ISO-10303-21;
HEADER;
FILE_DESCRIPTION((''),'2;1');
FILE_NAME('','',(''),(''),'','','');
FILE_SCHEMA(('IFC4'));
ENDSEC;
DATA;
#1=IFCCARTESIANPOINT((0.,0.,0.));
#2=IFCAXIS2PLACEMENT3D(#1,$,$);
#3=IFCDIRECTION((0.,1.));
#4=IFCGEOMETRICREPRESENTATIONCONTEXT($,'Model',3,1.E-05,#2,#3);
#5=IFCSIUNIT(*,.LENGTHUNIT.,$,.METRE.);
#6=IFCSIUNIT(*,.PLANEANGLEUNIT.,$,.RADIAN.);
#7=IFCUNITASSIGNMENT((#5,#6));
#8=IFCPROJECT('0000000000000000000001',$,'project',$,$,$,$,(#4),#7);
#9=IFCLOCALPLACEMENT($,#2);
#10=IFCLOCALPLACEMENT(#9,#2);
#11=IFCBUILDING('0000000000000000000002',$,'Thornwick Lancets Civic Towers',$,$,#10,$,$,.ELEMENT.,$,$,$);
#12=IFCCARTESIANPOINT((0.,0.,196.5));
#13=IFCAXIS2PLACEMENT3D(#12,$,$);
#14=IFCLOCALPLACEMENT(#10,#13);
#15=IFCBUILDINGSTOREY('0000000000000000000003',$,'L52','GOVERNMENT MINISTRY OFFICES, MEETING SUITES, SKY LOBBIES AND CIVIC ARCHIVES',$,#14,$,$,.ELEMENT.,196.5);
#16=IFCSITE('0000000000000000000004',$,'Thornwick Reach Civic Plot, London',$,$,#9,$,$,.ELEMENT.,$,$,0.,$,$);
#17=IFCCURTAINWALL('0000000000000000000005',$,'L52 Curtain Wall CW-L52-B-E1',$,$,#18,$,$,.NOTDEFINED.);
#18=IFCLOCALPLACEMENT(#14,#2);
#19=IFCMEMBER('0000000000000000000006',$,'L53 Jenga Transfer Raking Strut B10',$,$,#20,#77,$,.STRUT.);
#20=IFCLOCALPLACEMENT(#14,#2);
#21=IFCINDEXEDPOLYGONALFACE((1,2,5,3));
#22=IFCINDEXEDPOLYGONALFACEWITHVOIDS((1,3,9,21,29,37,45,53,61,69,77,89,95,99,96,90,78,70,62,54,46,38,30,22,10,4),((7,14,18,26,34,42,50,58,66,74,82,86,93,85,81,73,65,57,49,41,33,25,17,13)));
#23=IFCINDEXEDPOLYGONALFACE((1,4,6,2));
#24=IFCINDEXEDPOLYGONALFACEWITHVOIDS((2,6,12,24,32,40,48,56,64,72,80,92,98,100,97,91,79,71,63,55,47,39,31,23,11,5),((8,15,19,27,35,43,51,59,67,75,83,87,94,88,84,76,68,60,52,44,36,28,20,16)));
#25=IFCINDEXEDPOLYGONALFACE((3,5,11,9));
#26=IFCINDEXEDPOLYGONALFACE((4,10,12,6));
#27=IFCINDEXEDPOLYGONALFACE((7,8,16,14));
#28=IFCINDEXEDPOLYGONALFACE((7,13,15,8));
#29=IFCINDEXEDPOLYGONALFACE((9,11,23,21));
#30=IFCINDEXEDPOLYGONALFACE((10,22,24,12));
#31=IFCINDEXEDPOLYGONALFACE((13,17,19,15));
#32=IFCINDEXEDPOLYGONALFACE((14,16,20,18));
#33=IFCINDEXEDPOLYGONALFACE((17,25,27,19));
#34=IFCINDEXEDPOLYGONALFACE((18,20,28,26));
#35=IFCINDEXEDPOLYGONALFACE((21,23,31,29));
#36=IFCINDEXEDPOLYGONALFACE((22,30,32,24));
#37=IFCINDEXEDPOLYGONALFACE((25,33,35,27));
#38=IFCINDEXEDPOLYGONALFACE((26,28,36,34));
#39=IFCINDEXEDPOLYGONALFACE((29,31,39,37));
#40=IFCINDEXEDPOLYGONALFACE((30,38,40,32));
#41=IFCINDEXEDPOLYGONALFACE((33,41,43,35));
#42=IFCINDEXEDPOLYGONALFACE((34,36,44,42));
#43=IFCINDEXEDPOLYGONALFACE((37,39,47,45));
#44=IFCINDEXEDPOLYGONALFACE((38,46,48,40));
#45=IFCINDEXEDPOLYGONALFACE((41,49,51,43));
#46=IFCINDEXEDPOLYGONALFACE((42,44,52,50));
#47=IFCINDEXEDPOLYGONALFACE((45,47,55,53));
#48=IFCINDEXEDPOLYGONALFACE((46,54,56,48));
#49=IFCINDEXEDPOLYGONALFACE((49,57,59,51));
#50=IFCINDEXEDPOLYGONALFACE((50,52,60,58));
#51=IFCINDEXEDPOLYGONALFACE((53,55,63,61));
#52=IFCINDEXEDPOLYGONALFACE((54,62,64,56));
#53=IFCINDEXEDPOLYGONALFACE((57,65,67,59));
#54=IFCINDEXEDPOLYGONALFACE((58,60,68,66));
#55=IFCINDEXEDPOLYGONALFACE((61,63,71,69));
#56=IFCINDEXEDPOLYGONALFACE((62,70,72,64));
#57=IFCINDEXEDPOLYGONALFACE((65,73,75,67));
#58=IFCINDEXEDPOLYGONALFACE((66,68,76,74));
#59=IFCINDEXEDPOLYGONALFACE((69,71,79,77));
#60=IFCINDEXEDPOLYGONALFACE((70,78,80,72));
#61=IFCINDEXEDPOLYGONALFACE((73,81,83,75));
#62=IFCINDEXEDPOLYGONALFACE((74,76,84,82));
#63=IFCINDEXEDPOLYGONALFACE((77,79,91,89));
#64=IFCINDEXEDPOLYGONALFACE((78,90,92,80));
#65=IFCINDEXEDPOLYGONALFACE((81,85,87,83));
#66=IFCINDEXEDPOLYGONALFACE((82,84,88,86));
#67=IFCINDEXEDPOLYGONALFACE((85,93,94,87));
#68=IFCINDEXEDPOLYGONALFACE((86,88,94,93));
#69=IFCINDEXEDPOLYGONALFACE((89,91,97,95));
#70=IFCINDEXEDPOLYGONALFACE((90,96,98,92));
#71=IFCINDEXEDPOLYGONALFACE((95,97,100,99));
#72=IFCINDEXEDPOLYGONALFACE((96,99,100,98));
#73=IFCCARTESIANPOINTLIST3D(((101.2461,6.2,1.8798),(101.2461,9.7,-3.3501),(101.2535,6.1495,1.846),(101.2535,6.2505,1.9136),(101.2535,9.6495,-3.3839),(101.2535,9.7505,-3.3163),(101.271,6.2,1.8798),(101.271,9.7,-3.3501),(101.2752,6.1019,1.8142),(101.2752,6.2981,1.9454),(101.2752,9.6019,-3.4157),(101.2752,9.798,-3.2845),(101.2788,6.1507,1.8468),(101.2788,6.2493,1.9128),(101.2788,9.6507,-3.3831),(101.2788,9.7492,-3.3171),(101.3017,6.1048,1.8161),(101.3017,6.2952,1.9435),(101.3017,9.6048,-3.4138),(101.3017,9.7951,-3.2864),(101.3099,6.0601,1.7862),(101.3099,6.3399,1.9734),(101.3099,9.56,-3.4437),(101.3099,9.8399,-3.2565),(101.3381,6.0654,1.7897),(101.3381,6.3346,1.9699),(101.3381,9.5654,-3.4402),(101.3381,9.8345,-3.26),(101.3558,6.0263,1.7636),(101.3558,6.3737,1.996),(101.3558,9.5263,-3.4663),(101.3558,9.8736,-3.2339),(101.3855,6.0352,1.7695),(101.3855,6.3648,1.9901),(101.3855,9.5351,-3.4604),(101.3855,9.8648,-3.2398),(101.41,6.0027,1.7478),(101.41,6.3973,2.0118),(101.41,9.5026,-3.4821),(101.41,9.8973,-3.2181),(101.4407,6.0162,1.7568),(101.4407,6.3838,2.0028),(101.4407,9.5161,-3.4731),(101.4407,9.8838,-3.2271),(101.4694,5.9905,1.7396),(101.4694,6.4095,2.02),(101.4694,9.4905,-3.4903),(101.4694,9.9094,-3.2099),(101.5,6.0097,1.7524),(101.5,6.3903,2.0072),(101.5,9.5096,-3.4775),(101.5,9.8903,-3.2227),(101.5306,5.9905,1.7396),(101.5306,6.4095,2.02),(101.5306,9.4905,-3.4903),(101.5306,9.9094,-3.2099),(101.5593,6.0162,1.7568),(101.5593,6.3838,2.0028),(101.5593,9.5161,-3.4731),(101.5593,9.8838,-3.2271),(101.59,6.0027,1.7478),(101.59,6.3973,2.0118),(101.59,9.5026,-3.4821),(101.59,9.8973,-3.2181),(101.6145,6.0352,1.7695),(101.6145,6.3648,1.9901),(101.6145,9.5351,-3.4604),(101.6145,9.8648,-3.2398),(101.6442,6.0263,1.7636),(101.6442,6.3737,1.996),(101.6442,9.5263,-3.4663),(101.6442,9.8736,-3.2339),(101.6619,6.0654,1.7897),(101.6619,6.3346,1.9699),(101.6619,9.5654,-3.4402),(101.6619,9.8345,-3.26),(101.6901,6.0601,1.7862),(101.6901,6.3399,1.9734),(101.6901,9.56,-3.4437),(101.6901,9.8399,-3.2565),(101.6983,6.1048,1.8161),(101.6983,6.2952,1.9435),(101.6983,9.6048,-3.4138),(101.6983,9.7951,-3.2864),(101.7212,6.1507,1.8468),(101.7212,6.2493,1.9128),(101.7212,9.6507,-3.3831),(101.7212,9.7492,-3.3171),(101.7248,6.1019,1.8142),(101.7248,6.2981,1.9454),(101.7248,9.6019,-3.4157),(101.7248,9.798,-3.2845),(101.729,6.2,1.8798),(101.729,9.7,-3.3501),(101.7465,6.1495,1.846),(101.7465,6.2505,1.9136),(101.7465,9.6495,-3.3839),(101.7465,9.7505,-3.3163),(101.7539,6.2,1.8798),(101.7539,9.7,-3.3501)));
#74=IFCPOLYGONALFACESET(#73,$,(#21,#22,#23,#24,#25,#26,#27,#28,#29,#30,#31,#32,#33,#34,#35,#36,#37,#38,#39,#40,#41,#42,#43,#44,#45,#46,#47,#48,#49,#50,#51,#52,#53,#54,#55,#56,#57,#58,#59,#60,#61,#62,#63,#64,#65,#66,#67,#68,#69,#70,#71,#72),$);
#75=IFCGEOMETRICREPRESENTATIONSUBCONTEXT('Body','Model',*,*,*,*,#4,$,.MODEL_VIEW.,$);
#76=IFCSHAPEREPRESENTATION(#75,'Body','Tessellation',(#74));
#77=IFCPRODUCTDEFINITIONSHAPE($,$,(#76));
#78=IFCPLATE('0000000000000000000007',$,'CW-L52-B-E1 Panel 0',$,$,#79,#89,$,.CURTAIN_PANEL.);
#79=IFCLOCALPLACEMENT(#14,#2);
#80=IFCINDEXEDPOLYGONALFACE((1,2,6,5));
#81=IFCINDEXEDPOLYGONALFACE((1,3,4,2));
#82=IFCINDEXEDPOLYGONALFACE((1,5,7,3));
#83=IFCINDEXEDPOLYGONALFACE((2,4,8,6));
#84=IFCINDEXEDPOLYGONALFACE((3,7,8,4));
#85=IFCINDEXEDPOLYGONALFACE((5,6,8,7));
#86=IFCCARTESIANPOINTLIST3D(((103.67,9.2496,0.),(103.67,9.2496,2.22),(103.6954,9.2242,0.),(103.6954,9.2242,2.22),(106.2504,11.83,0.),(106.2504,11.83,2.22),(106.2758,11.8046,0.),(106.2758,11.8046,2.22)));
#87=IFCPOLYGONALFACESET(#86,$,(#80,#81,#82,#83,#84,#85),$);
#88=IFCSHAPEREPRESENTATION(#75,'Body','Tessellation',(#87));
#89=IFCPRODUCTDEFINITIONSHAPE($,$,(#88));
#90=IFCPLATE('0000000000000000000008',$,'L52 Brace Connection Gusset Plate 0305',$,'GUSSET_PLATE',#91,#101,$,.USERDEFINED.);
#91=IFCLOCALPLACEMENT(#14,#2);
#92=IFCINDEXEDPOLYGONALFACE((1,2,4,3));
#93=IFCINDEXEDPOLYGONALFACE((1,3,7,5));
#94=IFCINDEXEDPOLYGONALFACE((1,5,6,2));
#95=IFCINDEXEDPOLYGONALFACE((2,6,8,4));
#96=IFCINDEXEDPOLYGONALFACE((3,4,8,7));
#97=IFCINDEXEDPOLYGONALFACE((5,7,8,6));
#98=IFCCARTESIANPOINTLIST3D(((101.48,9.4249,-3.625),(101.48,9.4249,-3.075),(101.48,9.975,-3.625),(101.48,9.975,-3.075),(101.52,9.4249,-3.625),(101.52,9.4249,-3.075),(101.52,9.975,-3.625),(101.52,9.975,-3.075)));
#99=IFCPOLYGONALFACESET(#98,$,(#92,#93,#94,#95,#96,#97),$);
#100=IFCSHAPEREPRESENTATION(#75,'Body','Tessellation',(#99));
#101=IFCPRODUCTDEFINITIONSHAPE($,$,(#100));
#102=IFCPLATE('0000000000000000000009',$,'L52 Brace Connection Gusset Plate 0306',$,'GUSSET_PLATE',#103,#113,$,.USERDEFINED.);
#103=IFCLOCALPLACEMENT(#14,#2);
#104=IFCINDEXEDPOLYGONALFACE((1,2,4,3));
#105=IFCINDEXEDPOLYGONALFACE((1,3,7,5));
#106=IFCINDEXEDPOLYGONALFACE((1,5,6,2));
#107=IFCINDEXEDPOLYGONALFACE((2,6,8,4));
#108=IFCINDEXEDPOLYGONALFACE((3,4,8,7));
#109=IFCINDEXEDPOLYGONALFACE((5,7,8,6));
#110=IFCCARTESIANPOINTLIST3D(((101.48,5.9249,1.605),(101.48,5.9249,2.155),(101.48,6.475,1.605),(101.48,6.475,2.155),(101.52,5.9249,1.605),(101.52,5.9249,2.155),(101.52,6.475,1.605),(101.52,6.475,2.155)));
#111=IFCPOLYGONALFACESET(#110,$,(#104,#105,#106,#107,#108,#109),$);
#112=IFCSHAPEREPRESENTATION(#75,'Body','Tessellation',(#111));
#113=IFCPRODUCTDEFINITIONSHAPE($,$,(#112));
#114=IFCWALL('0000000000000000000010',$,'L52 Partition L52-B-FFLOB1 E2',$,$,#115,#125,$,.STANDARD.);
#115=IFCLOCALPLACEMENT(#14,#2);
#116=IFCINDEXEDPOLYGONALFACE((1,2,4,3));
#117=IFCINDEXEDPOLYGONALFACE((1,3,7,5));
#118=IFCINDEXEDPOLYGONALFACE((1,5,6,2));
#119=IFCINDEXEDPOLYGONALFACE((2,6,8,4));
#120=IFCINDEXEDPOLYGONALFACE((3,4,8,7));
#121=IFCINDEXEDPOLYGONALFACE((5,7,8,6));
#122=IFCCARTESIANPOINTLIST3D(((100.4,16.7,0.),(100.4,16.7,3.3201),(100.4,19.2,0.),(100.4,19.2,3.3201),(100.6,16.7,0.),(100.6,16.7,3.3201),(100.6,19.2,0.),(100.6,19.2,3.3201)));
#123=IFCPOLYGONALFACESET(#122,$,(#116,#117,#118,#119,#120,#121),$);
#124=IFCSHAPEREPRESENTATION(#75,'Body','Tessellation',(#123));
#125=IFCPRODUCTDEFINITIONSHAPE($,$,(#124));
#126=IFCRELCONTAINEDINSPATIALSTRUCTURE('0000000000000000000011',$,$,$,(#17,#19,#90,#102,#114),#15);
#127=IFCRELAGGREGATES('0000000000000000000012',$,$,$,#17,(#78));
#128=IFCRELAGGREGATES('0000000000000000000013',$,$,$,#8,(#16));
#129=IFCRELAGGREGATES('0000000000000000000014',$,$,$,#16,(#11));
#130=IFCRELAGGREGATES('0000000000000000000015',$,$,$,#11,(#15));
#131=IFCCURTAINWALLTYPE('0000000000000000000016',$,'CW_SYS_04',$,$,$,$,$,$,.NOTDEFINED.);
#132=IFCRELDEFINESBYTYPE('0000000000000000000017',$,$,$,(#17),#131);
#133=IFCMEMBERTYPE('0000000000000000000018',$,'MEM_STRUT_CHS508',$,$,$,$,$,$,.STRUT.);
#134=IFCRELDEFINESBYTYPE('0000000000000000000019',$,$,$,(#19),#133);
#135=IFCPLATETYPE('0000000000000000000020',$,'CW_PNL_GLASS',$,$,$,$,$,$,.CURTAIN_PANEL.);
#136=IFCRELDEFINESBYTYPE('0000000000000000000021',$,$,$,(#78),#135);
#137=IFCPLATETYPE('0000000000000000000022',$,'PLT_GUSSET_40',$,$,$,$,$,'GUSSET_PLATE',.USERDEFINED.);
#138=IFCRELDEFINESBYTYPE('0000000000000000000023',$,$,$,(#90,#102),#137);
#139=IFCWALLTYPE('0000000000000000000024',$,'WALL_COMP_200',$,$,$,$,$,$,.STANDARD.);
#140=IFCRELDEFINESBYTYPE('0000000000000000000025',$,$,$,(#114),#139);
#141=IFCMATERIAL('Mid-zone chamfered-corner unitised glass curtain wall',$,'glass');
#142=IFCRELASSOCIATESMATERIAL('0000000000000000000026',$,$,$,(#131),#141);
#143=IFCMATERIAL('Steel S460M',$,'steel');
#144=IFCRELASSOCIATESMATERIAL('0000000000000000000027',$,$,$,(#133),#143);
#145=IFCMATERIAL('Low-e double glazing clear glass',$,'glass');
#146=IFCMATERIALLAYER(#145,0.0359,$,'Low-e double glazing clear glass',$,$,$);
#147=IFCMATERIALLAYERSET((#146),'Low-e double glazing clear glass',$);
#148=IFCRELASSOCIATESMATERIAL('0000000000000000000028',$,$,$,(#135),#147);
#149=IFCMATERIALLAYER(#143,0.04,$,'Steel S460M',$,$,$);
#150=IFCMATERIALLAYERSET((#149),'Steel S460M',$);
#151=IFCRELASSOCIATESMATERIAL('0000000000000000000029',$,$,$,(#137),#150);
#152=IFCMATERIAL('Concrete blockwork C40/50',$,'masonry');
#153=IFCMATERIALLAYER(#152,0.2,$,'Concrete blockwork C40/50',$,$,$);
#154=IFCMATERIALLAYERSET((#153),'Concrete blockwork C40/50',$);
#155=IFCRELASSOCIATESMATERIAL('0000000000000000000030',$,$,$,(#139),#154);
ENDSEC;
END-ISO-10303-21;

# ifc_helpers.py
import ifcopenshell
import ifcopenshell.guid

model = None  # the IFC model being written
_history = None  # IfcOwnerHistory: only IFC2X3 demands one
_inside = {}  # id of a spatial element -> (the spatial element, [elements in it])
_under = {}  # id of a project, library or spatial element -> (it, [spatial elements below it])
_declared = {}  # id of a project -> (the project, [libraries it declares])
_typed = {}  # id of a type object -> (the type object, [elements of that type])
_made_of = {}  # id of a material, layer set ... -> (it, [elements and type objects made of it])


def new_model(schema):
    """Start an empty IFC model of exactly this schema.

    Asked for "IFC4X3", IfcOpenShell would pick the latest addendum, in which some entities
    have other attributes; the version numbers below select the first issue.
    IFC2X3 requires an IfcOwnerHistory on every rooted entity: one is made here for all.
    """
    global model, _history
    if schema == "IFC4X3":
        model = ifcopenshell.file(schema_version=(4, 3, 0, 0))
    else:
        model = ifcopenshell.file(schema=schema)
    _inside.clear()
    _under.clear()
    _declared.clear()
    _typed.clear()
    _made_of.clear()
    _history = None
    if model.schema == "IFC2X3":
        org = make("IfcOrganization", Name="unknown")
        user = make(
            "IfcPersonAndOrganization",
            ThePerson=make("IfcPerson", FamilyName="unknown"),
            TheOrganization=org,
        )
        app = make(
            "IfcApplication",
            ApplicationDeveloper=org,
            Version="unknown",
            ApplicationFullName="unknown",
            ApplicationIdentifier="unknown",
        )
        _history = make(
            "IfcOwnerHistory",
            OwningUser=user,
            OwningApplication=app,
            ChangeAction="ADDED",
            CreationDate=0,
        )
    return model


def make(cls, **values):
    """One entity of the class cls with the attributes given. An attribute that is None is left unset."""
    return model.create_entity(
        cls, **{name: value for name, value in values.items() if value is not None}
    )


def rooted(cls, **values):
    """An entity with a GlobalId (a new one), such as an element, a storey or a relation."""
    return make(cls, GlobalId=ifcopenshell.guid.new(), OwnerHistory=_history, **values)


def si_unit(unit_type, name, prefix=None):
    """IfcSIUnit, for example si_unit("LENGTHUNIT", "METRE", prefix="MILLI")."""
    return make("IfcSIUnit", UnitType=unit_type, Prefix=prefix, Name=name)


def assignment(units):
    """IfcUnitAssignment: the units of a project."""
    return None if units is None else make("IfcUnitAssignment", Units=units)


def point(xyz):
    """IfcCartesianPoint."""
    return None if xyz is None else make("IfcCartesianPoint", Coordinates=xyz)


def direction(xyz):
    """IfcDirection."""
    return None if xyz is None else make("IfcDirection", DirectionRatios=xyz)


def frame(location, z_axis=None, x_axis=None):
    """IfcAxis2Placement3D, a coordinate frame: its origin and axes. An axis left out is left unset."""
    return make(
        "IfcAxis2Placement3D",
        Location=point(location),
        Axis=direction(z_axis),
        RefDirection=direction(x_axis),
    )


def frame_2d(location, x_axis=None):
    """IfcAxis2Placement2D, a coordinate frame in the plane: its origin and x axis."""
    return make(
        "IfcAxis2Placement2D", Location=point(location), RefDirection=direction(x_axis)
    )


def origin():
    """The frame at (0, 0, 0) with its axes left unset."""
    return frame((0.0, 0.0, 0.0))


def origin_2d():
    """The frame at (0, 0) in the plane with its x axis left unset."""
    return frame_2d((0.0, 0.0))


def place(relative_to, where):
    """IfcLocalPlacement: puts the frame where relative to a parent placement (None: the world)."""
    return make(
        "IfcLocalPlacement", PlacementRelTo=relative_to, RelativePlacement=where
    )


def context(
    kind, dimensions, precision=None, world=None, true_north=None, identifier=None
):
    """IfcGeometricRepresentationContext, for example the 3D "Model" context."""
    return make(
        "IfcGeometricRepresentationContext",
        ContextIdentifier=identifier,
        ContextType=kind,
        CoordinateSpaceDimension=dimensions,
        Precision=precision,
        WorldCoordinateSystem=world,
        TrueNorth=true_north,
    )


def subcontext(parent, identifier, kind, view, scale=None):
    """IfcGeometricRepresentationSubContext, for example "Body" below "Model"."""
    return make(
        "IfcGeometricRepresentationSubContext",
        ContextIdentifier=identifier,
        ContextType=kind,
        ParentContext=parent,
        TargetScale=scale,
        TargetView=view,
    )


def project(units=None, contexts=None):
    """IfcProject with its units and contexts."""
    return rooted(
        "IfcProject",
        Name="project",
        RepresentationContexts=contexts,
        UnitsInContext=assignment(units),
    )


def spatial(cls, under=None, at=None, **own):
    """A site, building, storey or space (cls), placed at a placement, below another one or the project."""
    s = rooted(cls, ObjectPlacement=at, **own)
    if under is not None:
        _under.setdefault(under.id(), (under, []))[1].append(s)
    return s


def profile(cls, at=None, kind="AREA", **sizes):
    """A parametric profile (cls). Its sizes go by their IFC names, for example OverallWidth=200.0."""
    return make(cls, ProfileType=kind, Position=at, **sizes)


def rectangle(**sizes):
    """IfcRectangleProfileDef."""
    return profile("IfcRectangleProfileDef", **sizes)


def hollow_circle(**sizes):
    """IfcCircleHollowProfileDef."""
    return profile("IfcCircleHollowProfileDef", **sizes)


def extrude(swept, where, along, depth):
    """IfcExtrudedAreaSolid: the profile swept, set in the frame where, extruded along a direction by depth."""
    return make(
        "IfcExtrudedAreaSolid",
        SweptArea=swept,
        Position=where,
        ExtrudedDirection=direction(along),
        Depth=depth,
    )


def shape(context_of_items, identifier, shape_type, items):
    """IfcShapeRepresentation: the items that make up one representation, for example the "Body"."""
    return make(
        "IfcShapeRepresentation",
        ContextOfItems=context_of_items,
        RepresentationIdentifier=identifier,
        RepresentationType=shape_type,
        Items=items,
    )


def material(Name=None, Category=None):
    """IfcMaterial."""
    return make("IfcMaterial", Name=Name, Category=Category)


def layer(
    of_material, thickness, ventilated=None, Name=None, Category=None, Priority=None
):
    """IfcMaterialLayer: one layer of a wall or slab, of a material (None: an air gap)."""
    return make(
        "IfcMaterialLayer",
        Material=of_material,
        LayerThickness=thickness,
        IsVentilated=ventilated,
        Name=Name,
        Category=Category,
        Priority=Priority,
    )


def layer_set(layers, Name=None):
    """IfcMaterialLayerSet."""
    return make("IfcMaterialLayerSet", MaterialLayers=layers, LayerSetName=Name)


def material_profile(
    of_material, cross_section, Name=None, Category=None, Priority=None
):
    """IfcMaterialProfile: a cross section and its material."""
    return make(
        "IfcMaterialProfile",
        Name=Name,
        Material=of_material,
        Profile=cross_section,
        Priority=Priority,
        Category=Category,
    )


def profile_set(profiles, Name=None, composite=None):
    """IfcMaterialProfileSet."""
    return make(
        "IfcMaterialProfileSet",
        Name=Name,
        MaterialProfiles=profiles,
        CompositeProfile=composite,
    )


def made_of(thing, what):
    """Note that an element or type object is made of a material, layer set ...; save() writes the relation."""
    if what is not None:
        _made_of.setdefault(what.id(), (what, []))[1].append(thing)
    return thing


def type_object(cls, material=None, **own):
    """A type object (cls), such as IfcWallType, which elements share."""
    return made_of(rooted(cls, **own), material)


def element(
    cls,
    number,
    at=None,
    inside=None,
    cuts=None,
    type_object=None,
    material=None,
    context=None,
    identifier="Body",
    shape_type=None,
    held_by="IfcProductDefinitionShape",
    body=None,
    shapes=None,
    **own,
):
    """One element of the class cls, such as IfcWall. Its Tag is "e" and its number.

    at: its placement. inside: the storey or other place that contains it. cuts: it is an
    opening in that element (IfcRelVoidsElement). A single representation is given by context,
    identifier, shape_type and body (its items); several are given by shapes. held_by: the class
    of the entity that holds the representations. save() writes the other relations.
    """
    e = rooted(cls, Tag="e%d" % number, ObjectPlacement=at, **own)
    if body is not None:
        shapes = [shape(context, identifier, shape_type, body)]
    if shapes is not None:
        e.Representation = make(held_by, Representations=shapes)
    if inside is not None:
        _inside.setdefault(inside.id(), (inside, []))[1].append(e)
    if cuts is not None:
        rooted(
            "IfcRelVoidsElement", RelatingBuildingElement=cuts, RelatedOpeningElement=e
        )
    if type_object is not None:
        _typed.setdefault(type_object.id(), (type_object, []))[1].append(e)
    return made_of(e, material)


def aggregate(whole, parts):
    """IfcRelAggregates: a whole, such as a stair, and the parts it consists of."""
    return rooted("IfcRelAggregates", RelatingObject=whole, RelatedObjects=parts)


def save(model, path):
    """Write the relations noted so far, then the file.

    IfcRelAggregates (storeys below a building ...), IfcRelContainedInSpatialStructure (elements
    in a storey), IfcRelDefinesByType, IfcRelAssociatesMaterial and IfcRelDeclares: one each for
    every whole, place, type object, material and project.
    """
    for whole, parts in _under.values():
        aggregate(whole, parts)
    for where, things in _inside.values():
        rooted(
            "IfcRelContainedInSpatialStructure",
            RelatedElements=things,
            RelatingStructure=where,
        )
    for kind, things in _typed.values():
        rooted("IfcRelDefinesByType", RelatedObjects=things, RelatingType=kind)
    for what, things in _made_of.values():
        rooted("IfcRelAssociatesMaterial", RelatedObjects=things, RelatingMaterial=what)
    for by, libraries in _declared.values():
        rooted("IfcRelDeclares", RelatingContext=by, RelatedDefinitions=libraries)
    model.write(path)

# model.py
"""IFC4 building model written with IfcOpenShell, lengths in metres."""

from ifc_helpers import new_model, si_unit, direction, frame, frame_2d, origin, origin_2d, place, context, subcontext, project, spatial, rectangle, hollow_circle, extrude, material, layer, layer_set, material_profile, profile_set, type_object, element, aggregate, save


model = new_model("IFC4")

# Units and contexts
model_context = context("Model", 3, precision=1e-05, world=origin(), true_north=direction((0.0, 1.0)))
body_context = subcontext(model_context, "Body", "Model", "MODEL_VIEW")
ifc_project = project(units=[si_unit("LENGTHUNIT", "METRE"), si_unit("PLANEANGLEUNIT", "RADIAN")], contexts=[model_context])

# Site, building, storey
site_placement = place(None, origin())
site = spatial("IfcSite", under=ifc_project, at=site_placement, Name="Thornwick Reach Civic Plot, London", CompositionType="ELEMENT", RefElevation=0.0)
building_placement = place(site_placement, origin())
building = spatial("IfcBuilding", under=site, at=building_placement, Name="Thornwick Lancets Civic Towers", CompositionType="ELEMENT")
storey_placement = place(building_placement, frame((0.0, 0.0, 196.5)))
storey = spatial("IfcBuildingStorey", under=building, at=storey_placement, Name="L52", Description="GOVERNMENT MINISTRY OFFICES, MEETING SUITES, SKY LOBBIES AND CIVIC ARCHIVES", CompositionType="ELEMENT", Elevation=196.5)

# Curtain wall
ifc_material_1 = material(Name="Mid-zone chamfered-corner unitised glass curtain wall", Category="glass")
curtain_wall_type = type_object("IfcCurtainWallType", Name="CW_SYS_04", PredefinedType="NOTDEFINED", material=ifc_material_1)
curtain_wall_placement = place(storey_placement, origin())
curtain_wall = element("IfcCurtainWall", 1, at=curtain_wall_placement, inside=storey, type_object=curtain_wall_type, Name="L52 Curtain Wall CW-L52-B-E1", PredefinedType="NOTDEFINED")

# Member
ifc_material_2 = material(Name="Steel S460M", Category="steel")
ifc_material_profile_1 = material_profile(ifc_material_2, hollow_circle(Radius=0.2539, WallThickness=0.0249, at=origin_2d()), Name="CHS 508x25")
ifc_profile_set_1 = profile_set([ifc_material_profile_1], Name="Steel S460M")
member_type_1 = type_object("IfcMemberType", Name="MEM_STRUT_CHS508", PredefinedType="STRUT", material=ifc_profile_set_1)
member_1_placement = place(storey_placement, frame((101.5, 9.7, -3.3501), z_axis=(0.0, -0.556168, 0.83107), x_axis=(1.0, 0.0, 0.0)))
element("IfcMember", 2, at=member_1_placement, inside=storey, type_object=member_type_1, Name="L53 Jenga Transfer Raking Strut B10", PredefinedType="STRUT", context=body_context, shape_type="SweptSolid", body=[
    extrude(hollow_circle(Radius=0.2539, WallThickness=0.0249, at=origin_2d()), origin(), (0.0, 0.0, 1.0), 6.293),
])

# Plate
ifc_material_3 = material(Name="Low-e double glazing clear glass", Category="glass")
ifc_layer_1 = layer(ifc_material_3, 0.0359, Name="Low-e double glazing clear glass")
ifc_layer_set_1 = layer_set([ifc_layer_1], Name="Low-e double glazing clear glass")
plate_type_1 = type_object("IfcPlateType", Name="CW_PNL_GLASS", PredefinedType="CURTAIN_PANEL", material=ifc_layer_set_1)
plate_placement = place(storey_placement, frame((104.9729, 10.5271, 0.0), z_axis=(0.0, 0.0, 1.0), x_axis=(0.707107, 0.707107, 0.0)))
plate = element("IfcPlate", 3, at=plate_placement, type_object=plate_type_1, Name="CW-L52-B-E1 Panel 0", PredefinedType="CURTAIN_PANEL", context=body_context, shape_type="SweptSolid", body=[
    extrude(rectangle(XDim=3.6492, YDim=0.0359, at=origin_2d()), origin(), (0.0, 0.0, 1.0), 2.22),
])
aggregate(curtain_wall, [plate])

# Plates
ifc_layer_2 = layer(ifc_material_2, 0.04, Name="Steel S460M")
ifc_layer_set_2 = layer_set([ifc_layer_2], Name="Steel S460M")
plate_type_2 = type_object("IfcPlateType", Name="PLT_GUSSET_40", ElementType="GUSSET_PLATE", PredefinedType="USERDEFINED", material=ifc_layer_set_2)
for number, where, z_axis, x_axis, name in (
    (4, (101.5, 9.7, -3.625), (0.0, 0.0, 1.0), (0.0, -1.0, 0.0), "L52 Brace Connection Gusset Plate 0305"),
    (5, (101.5, 6.2, 1.605), (0.0, 0.0, 1.0), (0.0, -1.0, 0.0), "L52 Brace Connection Gusset Plate 0306"),
):
    element("IfcPlate", number, at=place(storey_placement, frame(where, z_axis=z_axis, x_axis=x_axis)), inside=storey, type_object=plate_type_2, Name=name, ObjectType="GUSSET_PLATE", PredefinedType="USERDEFINED", context=body_context, shape_type="SweptSolid", body=[
        extrude(rectangle(XDim=0.55, YDim=0.04, at=origin_2d()), origin(), (0.0, 0.0, 1.0), 0.55),
    ])

# Wall
ifc_material_4 = material(Name="Concrete blockwork C40/50", Category="masonry")
ifc_layer_3 = layer(ifc_material_4, 0.2, Name="Concrete blockwork C40/50")
ifc_layer_set_3 = layer_set([ifc_layer_3], Name="Concrete blockwork C40/50")
wall_type_1 = type_object("IfcWallType", Name="WALL_COMP_200", PredefinedType="STANDARD", material=ifc_layer_set_3)
wall_1_placement = place(storey_placement, frame((100.5, 16.7, 0.0), z_axis=(0.0, 0.0, 1.0), x_axis=(0.0, 1.0, 0.0)))
element("IfcWall", 6, at=wall_1_placement, inside=storey, type_object=wall_type_1, Name="L52 Partition L52-B-FFLOB1 E2", PredefinedType="STANDARD", context=body_context, shape_type="SweptSolid", body=[
    extrude(rectangle(XDim=2.5, YDim=0.2, at=frame_2d((1.25, 0.0))), origin(), (0.0, 0.0, 1.0), 3.3201),
])

save(model, "model.ifc")
